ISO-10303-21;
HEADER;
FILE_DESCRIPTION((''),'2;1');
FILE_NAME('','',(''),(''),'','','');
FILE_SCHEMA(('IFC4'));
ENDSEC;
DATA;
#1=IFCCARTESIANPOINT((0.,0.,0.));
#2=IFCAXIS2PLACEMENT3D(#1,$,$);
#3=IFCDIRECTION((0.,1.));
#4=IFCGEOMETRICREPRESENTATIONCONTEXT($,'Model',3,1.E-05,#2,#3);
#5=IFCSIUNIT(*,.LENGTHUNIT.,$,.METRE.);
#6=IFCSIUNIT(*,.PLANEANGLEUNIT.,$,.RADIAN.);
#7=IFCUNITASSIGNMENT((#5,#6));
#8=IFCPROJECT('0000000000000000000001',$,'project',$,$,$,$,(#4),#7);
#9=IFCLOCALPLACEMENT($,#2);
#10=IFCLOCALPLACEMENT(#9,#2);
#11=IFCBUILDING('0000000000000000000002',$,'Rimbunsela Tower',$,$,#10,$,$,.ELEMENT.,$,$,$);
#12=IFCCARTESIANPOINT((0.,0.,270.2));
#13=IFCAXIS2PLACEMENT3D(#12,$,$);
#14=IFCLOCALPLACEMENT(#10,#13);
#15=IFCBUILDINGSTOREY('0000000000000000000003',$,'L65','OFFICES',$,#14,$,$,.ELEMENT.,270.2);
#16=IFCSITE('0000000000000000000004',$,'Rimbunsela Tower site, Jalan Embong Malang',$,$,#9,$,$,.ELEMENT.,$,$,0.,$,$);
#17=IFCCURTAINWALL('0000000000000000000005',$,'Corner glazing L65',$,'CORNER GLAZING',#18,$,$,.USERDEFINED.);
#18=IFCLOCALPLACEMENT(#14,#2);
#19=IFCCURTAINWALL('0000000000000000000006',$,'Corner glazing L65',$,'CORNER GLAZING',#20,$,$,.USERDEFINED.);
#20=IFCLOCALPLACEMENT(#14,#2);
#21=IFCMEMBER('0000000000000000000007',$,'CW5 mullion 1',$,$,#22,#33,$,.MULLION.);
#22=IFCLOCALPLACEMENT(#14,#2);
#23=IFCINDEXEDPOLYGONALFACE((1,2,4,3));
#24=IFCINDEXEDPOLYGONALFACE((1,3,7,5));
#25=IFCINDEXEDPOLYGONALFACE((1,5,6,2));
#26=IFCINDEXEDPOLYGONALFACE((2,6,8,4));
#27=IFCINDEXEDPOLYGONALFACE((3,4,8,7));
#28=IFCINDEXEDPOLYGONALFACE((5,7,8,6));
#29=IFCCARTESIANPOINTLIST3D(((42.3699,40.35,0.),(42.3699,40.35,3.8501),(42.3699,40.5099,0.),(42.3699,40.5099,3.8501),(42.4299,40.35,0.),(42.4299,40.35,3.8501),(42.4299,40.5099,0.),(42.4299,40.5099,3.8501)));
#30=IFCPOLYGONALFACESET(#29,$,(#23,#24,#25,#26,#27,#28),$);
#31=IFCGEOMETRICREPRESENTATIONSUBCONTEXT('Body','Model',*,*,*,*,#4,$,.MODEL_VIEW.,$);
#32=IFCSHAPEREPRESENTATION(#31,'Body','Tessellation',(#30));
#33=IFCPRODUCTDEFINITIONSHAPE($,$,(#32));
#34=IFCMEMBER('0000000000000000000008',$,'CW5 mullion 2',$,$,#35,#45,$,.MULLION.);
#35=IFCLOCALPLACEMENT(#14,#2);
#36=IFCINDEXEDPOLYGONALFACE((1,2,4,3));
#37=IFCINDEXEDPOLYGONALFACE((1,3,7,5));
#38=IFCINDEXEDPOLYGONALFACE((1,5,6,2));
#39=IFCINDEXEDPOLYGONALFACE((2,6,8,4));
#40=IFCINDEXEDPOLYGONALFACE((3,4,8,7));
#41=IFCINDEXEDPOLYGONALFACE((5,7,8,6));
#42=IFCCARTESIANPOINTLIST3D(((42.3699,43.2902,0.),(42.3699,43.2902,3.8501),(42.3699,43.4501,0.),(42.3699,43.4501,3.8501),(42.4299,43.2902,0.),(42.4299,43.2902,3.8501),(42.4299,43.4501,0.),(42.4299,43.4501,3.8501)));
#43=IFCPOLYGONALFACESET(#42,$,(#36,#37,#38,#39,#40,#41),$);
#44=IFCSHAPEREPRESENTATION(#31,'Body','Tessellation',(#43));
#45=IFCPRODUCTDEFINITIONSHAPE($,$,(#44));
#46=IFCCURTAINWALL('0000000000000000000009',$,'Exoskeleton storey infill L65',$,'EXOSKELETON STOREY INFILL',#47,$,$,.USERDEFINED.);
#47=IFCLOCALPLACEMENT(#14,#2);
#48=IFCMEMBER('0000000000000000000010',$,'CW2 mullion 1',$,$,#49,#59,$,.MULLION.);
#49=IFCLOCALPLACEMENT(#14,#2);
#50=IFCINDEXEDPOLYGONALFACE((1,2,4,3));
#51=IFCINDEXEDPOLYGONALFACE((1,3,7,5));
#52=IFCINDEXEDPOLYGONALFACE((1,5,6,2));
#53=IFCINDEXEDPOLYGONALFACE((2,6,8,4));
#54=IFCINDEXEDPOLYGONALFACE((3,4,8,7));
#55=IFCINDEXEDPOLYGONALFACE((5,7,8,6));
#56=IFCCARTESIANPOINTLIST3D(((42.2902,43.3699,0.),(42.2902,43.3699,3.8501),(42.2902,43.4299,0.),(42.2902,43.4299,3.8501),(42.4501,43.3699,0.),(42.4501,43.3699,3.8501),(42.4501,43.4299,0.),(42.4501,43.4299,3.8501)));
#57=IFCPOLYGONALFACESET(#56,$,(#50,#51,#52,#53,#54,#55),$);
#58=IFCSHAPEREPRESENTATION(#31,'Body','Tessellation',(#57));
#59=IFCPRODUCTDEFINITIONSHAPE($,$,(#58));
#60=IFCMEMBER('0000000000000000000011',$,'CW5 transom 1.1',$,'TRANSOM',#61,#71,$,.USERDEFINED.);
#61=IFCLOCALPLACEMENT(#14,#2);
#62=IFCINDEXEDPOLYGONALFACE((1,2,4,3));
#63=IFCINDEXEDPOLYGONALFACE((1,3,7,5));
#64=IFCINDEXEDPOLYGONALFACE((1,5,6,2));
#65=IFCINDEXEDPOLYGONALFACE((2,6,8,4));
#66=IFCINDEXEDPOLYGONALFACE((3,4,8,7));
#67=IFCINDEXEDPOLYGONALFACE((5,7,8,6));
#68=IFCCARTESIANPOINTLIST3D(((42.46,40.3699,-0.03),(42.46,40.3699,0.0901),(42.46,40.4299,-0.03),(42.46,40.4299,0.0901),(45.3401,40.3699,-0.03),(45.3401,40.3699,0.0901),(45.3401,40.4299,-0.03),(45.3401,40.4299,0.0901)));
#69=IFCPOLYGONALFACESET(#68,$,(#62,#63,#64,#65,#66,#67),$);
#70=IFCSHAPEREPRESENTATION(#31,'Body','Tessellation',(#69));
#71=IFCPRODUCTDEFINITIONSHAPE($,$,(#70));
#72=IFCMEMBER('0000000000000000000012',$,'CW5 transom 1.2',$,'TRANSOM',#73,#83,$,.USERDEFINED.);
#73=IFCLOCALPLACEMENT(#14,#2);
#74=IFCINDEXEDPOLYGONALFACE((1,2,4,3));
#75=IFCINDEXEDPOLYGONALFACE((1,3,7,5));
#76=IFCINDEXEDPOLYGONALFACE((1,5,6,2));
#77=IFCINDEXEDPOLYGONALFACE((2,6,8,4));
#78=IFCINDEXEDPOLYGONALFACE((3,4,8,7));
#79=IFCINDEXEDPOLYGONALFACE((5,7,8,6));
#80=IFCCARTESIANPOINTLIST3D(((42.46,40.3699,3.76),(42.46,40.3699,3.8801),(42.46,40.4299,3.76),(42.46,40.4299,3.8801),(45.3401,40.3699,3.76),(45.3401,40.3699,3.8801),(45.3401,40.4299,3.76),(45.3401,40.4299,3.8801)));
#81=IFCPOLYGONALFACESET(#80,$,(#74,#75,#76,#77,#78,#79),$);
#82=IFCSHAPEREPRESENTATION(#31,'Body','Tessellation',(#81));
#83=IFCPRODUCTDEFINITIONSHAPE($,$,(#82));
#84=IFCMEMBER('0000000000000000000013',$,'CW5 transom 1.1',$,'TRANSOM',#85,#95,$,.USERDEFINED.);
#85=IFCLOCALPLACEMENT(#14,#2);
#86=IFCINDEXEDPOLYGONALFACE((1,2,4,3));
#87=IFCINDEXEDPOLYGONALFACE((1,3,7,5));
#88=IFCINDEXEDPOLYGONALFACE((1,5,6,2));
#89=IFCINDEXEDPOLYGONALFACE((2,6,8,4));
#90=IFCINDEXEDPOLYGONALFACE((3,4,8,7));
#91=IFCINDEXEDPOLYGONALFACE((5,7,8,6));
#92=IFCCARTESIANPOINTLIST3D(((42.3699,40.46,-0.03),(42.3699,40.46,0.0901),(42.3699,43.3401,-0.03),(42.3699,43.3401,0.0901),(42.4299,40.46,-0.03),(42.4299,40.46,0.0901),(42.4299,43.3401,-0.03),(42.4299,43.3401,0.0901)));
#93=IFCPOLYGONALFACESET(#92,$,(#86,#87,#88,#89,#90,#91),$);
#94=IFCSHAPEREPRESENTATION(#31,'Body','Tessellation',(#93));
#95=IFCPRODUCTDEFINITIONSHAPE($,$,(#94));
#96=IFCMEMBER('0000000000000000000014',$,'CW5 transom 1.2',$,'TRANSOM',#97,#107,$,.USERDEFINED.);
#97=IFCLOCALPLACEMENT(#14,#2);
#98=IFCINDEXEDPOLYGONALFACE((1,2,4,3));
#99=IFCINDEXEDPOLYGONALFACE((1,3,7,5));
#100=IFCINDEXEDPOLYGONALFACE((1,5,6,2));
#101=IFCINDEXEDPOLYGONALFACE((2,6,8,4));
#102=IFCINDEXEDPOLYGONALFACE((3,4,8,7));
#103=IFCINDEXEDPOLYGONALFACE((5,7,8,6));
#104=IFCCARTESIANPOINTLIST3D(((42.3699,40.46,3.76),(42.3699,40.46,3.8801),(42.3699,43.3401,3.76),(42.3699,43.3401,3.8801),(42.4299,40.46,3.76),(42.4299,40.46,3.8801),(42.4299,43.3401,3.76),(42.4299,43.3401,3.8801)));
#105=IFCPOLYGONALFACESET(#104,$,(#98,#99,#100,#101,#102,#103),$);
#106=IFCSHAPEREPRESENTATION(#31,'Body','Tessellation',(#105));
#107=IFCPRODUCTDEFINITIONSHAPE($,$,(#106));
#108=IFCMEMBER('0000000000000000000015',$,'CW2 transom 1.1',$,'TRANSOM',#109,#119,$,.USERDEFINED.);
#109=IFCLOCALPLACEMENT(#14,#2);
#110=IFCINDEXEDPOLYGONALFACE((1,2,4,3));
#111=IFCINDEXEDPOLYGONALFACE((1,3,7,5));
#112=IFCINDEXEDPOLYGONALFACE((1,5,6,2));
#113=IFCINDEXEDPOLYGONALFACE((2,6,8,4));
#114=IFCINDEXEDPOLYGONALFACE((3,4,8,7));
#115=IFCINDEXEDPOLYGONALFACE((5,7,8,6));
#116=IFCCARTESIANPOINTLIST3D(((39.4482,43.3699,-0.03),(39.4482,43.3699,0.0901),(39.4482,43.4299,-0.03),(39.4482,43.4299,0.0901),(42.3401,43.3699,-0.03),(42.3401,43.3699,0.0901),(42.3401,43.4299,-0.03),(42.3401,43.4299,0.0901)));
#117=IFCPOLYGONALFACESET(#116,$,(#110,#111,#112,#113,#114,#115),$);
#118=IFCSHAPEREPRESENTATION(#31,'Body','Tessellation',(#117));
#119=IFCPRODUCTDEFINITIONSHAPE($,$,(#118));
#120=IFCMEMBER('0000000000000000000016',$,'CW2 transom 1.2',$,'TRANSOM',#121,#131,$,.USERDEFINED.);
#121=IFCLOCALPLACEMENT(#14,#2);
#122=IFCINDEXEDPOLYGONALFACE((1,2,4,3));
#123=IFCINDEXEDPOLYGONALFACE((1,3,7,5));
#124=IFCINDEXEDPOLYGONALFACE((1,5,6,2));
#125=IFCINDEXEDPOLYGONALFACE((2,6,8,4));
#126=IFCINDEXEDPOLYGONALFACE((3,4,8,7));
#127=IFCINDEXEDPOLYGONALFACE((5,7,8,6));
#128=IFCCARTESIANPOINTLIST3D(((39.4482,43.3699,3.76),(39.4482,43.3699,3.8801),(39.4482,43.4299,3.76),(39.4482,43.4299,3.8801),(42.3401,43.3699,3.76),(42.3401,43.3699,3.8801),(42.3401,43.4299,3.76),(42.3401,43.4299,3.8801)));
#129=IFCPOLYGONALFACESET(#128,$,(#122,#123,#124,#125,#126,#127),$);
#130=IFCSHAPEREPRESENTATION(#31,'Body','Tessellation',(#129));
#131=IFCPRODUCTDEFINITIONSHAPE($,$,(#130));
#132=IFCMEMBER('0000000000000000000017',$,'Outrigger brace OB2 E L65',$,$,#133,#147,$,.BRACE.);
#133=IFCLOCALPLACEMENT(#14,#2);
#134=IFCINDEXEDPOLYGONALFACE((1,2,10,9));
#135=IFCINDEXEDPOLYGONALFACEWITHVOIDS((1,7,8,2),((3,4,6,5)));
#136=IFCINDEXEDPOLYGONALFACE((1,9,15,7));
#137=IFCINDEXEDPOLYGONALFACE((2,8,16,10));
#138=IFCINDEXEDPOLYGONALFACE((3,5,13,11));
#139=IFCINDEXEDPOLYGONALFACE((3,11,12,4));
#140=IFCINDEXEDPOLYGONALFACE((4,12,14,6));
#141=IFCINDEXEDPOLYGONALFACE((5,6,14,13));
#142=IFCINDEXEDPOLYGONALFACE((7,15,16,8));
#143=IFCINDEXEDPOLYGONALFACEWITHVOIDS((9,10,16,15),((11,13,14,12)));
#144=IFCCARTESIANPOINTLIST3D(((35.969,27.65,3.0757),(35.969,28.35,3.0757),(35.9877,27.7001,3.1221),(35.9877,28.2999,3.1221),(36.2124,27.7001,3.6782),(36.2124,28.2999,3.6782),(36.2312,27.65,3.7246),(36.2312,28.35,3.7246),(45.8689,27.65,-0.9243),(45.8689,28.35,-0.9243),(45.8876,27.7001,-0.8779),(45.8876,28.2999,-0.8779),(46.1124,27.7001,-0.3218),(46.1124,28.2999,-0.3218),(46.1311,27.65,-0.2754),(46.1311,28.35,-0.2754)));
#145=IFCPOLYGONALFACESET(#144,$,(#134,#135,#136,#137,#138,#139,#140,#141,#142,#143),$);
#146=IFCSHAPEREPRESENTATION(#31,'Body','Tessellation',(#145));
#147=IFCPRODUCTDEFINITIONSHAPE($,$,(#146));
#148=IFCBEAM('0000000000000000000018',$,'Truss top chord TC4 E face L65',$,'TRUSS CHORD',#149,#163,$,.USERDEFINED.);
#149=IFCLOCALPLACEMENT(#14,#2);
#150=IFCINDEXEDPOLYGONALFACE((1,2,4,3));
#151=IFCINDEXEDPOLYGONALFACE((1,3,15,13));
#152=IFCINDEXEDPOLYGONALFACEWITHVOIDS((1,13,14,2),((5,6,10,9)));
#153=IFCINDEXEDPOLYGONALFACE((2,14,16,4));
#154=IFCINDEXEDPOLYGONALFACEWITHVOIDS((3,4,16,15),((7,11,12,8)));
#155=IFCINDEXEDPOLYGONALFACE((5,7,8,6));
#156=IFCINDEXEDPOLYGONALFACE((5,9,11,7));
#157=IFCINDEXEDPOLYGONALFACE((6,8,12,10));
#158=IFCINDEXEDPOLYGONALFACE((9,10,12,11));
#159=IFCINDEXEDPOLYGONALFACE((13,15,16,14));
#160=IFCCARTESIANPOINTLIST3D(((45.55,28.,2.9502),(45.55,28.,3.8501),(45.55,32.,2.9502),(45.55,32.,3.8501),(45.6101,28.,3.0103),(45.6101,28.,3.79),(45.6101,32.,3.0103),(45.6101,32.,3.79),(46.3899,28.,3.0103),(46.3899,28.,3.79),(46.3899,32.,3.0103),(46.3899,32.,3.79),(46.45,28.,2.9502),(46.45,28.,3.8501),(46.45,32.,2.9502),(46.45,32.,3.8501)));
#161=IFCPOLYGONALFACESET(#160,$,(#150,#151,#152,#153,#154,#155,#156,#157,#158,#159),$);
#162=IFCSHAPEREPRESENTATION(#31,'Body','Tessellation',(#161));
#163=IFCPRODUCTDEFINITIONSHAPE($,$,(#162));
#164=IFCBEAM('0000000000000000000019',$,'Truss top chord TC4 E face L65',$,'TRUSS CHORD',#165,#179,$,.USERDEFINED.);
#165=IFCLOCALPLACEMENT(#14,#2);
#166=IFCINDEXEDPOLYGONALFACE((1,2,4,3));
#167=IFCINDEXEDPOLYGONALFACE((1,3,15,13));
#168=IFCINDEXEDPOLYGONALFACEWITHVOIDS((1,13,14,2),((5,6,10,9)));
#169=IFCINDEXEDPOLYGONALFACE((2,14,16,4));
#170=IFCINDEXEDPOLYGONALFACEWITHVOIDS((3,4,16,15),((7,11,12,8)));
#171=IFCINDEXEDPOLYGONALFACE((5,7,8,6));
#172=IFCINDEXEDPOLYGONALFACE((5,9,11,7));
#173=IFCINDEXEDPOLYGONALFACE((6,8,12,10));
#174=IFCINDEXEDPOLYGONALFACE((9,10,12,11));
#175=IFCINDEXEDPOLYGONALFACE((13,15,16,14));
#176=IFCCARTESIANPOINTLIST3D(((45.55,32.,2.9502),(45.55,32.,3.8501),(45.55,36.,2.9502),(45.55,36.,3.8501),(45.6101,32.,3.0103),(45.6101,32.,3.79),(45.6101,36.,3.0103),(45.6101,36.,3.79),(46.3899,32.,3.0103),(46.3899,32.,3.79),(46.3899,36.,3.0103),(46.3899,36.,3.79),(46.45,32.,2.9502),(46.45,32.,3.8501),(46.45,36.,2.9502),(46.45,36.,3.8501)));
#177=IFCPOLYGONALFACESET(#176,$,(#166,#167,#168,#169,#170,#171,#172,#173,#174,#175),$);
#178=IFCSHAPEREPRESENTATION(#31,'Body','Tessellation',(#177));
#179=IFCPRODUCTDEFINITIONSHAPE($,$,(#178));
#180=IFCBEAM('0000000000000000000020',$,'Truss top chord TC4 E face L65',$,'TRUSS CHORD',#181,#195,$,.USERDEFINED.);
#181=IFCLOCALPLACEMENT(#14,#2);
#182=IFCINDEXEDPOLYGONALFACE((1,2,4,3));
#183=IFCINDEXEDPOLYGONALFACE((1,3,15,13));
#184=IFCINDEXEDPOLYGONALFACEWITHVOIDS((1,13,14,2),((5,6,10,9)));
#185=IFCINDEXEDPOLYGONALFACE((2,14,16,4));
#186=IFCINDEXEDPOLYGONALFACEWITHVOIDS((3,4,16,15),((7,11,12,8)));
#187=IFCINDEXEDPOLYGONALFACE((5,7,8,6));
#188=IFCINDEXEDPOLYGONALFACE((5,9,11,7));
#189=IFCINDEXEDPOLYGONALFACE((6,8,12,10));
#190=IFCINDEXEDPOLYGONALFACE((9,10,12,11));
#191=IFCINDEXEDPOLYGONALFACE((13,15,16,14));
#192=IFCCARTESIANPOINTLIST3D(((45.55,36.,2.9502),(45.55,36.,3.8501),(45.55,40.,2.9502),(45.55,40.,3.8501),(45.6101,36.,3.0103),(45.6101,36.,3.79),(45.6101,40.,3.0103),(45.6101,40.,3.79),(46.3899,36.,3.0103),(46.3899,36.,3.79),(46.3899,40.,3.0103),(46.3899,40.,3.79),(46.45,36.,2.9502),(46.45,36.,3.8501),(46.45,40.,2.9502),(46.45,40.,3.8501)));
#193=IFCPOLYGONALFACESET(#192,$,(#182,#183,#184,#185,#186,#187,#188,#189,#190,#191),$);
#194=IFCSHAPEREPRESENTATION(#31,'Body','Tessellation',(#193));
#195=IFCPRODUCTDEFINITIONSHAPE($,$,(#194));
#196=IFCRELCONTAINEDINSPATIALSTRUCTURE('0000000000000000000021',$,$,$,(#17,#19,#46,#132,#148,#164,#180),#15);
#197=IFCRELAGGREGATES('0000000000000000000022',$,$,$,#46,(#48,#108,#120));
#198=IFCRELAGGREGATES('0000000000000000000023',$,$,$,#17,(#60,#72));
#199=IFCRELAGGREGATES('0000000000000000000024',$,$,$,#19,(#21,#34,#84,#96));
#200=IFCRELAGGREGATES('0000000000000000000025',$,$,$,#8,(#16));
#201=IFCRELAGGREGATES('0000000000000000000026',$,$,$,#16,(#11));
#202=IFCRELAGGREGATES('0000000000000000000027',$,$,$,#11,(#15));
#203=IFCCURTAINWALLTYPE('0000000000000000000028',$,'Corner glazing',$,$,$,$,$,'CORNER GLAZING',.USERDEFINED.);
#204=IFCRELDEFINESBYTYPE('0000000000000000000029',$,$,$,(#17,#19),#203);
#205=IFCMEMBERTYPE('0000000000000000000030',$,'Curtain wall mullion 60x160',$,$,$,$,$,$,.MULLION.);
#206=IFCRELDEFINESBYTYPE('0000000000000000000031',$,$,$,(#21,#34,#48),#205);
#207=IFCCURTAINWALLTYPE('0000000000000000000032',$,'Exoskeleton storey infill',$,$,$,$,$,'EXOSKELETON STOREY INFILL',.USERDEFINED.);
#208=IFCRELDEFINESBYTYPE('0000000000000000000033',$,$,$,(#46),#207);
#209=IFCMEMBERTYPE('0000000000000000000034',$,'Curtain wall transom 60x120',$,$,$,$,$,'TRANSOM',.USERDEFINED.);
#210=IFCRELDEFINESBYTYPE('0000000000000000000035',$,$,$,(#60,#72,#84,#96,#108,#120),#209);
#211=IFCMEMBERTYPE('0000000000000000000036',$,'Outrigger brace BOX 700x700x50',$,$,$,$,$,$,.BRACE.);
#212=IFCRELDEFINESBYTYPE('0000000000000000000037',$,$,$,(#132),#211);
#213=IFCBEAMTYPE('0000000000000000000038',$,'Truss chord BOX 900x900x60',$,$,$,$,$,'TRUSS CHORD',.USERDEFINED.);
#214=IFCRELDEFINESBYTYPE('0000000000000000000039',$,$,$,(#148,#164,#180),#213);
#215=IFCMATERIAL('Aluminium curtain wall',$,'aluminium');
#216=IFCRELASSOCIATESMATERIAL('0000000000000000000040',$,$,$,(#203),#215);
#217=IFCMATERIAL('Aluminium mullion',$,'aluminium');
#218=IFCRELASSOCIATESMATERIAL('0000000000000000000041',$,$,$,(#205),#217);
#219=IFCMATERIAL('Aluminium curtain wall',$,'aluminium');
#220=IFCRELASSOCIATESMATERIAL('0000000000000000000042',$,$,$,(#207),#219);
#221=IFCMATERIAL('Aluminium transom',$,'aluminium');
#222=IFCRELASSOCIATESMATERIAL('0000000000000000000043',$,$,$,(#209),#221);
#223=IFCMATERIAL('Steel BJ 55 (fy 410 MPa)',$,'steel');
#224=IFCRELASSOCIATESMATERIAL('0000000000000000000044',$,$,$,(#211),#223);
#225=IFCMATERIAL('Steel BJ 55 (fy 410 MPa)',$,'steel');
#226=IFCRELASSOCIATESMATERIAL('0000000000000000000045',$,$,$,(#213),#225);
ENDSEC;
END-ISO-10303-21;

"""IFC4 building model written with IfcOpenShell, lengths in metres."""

from ifc_helpers import new_model, si_unit, direction, frame, origin, origin_2d, place, context, subcontext, project, spatial, rectangle, hollow_rectangle, extrude, material, material_profile, profile_set, type_object, element, aggregate, save


model = new_model("IFC4")

# Units and contexts
model_context = context("Model", 3, precision=1e-05, world=origin(), true_north=direction((0.0, 1.0)))
body_context = subcontext(model_context, "Body", "Model", "MODEL_VIEW")
ifc_project = project(units=[si_unit("LENGTHUNIT", "METRE"), si_unit("PLANEANGLEUNIT", "RADIAN")], contexts=[model_context])

# Site, building, storey
site_placement = place(None, origin())
site = spatial("IfcSite", under=ifc_project, at=site_placement, Name="Rimbunsela Tower site, Jalan Embong Malang", CompositionType="ELEMENT", RefElevation=0.0)
building_placement = place(site_placement, origin())
building = spatial("IfcBuilding", under=site, at=building_placement, Name="Rimbunsela Tower", CompositionType="ELEMENT")
storey_placement = place(building_placement, frame((0.0, 0.0, 270.2)))
storey = spatial("IfcBuildingStorey", under=building, at=storey_placement, Name="L65", Description="OFFICES", CompositionType="ELEMENT", Elevation=270.2)

# Curtain walls, members
ifc_material_1 = material(Name="Aluminium curtain wall", Category="aluminium")
curtain_wall_type_1 = type_object("IfcCurtainWallType", Name="Corner glazing", ElementType="CORNER GLAZING", PredefinedType="USERDEFINED", material=ifc_material_1)
curtain_wall_1_placement = place(storey_placement, origin())
curtain_wall_1 = element("IfcCurtainWall", 1, at=curtain_wall_1_placement, inside=storey, type_object=curtain_wall_type_1, Name="Corner glazing L65", ObjectType="CORNER GLAZING", PredefinedType="USERDEFINED")
ifc_material_2 = material(Name="Aluminium mullion", Category="aluminium")
ifc_material_profile_1 = material_profile(ifc_material_2, rectangle(XDim=0.0601, YDim=0.1599, at=origin_2d()), Name="Mullion 60x160")
ifc_profile_set_1 = profile_set([ifc_material_profile_1], Name="Aluminium mullion")
member_type_1 = type_object("IfcMemberType", Name="Curtain wall mullion 60x160", PredefinedType="MULLION", material=ifc_profile_set_1)
curtain_wall_2_placement = place(storey_placement, origin())
curtain_wall_2 = element("IfcCurtainWall", 2, at=curtain_wall_2_placement, inside=storey, type_object=curtain_wall_type_1, Name="Corner glazing L65", ObjectType="CORNER GLAZING", PredefinedType="USERDEFINED")
member_1_placement = place(storey_placement, frame((42.3999, 40.4299, 0.0), z_axis=(0.0, 0.0, 1.0), x_axis=(-1.0, 0.0, 0.0)))
member_1 = element("IfcMember", 3, at=member_1_placement, type_object=member_type_1, Name="CW5 mullion 1", PredefinedType="MULLION", context=body_context, shape_type="SweptSolid", body=[
    extrude(rectangle(XDim=0.0601, YDim=0.1599, at=origin_2d()), origin(), (0.0, 0.0, 1.0), 3.8501),
])
member_2_placement = place(storey_placement, frame((42.3999, 43.3701, 0.0), z_axis=(0.0, 0.0, 1.0), x_axis=(-1.0, 0.0, 0.0)))
member_2 = element("IfcMember", 4, at=member_2_placement, type_object=member_type_1, Name="CW5 mullion 2", PredefinedType="MULLION", context=body_context, shape_type="SweptSolid", body=[
    extrude(rectangle(XDim=0.0601, YDim=0.1599, at=origin_2d()), origin(), (0.0, 0.0, 1.0), 3.8501),
])

# Curtain wall, member
ifc_material_3 = material(Name="Aluminium curtain wall", Category="aluminium")
curtain_wall_type_2 = type_object("IfcCurtainWallType", Name="Exoskeleton storey infill", ElementType="EXOSKELETON STOREY INFILL", PredefinedType="USERDEFINED", material=ifc_material_3)
curtain_wall_3_placement = place(storey_placement, origin())
curtain_wall_3 = element("IfcCurtainWall", 5, at=curtain_wall_3_placement, inside=storey, type_object=curtain_wall_type_2, Name="Exoskeleton storey infill L65", ObjectType="EXOSKELETON STOREY INFILL", PredefinedType="USERDEFINED")
member_3_placement = place(storey_placement, frame((42.3701, 43.3999, 0.0), z_axis=(0.0, 0.0, 1.0), x_axis=(0.0, -1.0, 0.0)))
member_3 = element("IfcMember", 6, at=member_3_placement, type_object=member_type_1, Name="CW2 mullion 1", PredefinedType="MULLION", context=body_context, shape_type="SweptSolid", body=[
    extrude(rectangle(XDim=0.0601, YDim=0.1599, at=origin_2d()), origin(), (0.0, 0.0, 1.0), 3.8501),
])

# Members
ifc_material_4 = material(Name="Aluminium transom", Category="aluminium")
ifc_material_profile_2 = material_profile(ifc_material_4, rectangle(XDim=0.0601, YDim=0.1201, at=origin_2d()), Name="Transom 60x120")
ifc_profile_set_2 = profile_set([ifc_material_profile_2], Name="Aluminium transom")
member_type_2 = type_object("IfcMemberType", Name="Curtain wall transom 60x120", ElementType="TRANSOM", PredefinedType="USERDEFINED", material=ifc_profile_set_2)
member_4_placement = place(storey_placement, frame((45.3401, 40.3999, 0.03), z_axis=(-1.0, 0.0, 0.0), x_axis=(0.0, -1.0, 0.0)))
member_4 = element("IfcMember", 7, at=member_4_placement, type_object=member_type_2, Name="CW5 transom 1.1", ObjectType="TRANSOM", PredefinedType="USERDEFINED", context=body_context, shape_type="SweptSolid", body=[
    extrude(rectangle(XDim=0.0601, YDim=0.1201, at=origin_2d()), origin(), (0.0, 0.0, 1.0), 2.8801),
])
member_5_placement = place(storey_placement, frame((45.3401, 40.3999, 3.8201), z_axis=(-1.0, 0.0, 0.0), x_axis=(0.0, -1.0, 0.0)))
member_5 = element("IfcMember", 8, at=member_5_placement, type_object=member_type_2, Name="CW5 transom 1.2", ObjectType="TRANSOM", PredefinedType="USERDEFINED", context=body_context, shape_type="SweptSolid", body=[
    extrude(rectangle(XDim=0.0601, YDim=0.1201, at=origin_2d()), origin(), (0.0, 0.0, 1.0), 2.8801),
])
member_6_placement = place(storey_placement, frame((42.3999, 40.46, 0.03), z_axis=(0.0, 1.0, 0.0), x_axis=(-1.0, 0.0, 0.0)))
member_6 = element("IfcMember", 9, at=member_6_placement, type_object=member_type_2, Name="CW5 transom 1.1", ObjectType="TRANSOM", PredefinedType="USERDEFINED", context=body_context, shape_type="SweptSolid", body=[
    extrude(rectangle(XDim=0.0601, YDim=0.1201, at=origin_2d()), origin(), (0.0, 0.0, 1.0), 2.8801),
])
member_7_placement = place(storey_placement, frame((42.3999, 40.46, 3.8201), z_axis=(0.0, 1.0, 0.0), x_axis=(-1.0, 0.0, 0.0)))
member_7 = element("IfcMember", 10, at=member_7_placement, type_object=member_type_2, Name="CW5 transom 1.2", ObjectType="TRANSOM", PredefinedType="USERDEFINED", context=body_context, shape_type="SweptSolid", body=[
    extrude(rectangle(XDim=0.0601, YDim=0.1201, at=origin_2d()), origin(), (0.0, 0.0, 1.0), 2.8801),
])
member_8_placement = place(storey_placement, frame((42.3401, 43.3999, 0.03), z_axis=(-1.0, 0.0, 0.0), x_axis=(0.0, -1.0, 0.0)))
member_8 = element("IfcMember", 11, at=member_8_placement, type_object=member_type_2, Name="CW2 transom 1.1", ObjectType="TRANSOM", PredefinedType="USERDEFINED", context=body_context, shape_type="SweptSolid", body=[
    extrude(rectangle(XDim=0.0601, YDim=0.1201, at=origin_2d()), origin(), (0.0, 0.0, 1.0), 2.8918),
])
member_9_placement = place(storey_placement, frame((42.3401, 43.3999, 3.8201), z_axis=(-1.0, 0.0, 0.0), x_axis=(0.0, -1.0, 0.0)))
member_9 = element("IfcMember", 12, at=member_9_placement, type_object=member_type_2, Name="CW2 transom 1.2", ObjectType="TRANSOM", PredefinedType="USERDEFINED", context=body_context, shape_type="SweptSolid", body=[
    extrude(rectangle(XDim=0.0601, YDim=0.1201, at=origin_2d()), origin(), (0.0, 0.0, 1.0), 2.8918),
])
aggregate(curtain_wall_3, [member_3, member_8, member_9])
ifc_material_5 = material(Name="Steel BJ 55 (fy 410 MPa)", Category="steel")
ifc_material_profile_3 = material_profile(ifc_material_5, hollow_rectangle(XDim=0.7, YDim=0.7, WallThickness=0.05, at=origin_2d()), Name="BOX 700x700x50")
ifc_profile_set_3 = profile_set([ifc_material_profile_3], Name="Steel BJ 55 (fy 410 MPa)")
member_type_3 = type_object("IfcMemberType", Name="Outrigger brace BOX 700x700x50", PredefinedType="BRACE", material=ifc_profile_set_3)
member_10_placement = place(storey_placement, frame((46.0, 28.0, -0.5999), z_axis=(-0.927178, 0.0, 0.374621), x_axis=(0.0, -1.0, 0.0)))
element("IfcMember", 13, at=member_10_placement, inside=storey, type_object=member_type_3, Name="Outrigger brace OB2 E L65", PredefinedType="BRACE", context=body_context, shape_type="SweptSolid", body=[
    extrude(hollow_rectangle(XDim=0.7, YDim=0.7, WallThickness=0.05, at=origin_2d()), origin(), (0.0, 0.0, 1.0), 10.6775),
])

# Beams
ifc_material_6 = material(Name="Steel BJ 55 (fy 410 MPa)", Category="steel")
ifc_material_profile_4 = material_profile(ifc_material_6, hollow_rectangle(XDim=0.8999, YDim=0.8999, WallThickness=0.0601, at=origin_2d()), Name="BOX 900x900x60")
ifc_profile_set_4 = profile_set([ifc_material_profile_4], Name="Steel BJ 55 (fy 410 MPa)")
beam_type_1 = type_object("IfcBeamType", Name="Truss chord BOX 900x900x60", ElementType="TRUSS CHORD", PredefinedType="USERDEFINED", material=ifc_profile_set_4)
for number, where, z_axis, x_axis, name in (
    (14, (46.0, 28.0, 3.4001), (0.0, 1.0, 0.0), (-1.0, 0.0, 0.0), "Truss top chord TC4 E face L65"),
    (15, (46.0, 32.0, 3.4001), (0.0, 1.0, 0.0), (-1.0, 0.0, 0.0), "Truss top chord TC4 E face L65"),
    (16, (46.0, 36.0, 3.4001), (0.0, 1.0, 0.0), (-1.0, 0.0, 0.0), "Truss top chord TC4 E face L65"),
):
    element("IfcBeam", number, at=place(storey_placement, frame(where, z_axis=z_axis, x_axis=x_axis)), inside=storey, type_object=beam_type_1, Name=name, ObjectType="TRUSS CHORD", PredefinedType="USERDEFINED", context=body_context, shape_type="SweptSolid", body=[
        extrude(hollow_rectangle(XDim=0.8999, YDim=0.8999, WallThickness=0.0601, at=origin_2d()), origin(), (0.0, 0.0, 1.0), 4.0),
    ])

aggregate(curtain_wall_1, [member_4, member_5])
aggregate(curtain_wall_2, [member_1, member_2, member_6, member_7])

save(model, "model.ifc")
